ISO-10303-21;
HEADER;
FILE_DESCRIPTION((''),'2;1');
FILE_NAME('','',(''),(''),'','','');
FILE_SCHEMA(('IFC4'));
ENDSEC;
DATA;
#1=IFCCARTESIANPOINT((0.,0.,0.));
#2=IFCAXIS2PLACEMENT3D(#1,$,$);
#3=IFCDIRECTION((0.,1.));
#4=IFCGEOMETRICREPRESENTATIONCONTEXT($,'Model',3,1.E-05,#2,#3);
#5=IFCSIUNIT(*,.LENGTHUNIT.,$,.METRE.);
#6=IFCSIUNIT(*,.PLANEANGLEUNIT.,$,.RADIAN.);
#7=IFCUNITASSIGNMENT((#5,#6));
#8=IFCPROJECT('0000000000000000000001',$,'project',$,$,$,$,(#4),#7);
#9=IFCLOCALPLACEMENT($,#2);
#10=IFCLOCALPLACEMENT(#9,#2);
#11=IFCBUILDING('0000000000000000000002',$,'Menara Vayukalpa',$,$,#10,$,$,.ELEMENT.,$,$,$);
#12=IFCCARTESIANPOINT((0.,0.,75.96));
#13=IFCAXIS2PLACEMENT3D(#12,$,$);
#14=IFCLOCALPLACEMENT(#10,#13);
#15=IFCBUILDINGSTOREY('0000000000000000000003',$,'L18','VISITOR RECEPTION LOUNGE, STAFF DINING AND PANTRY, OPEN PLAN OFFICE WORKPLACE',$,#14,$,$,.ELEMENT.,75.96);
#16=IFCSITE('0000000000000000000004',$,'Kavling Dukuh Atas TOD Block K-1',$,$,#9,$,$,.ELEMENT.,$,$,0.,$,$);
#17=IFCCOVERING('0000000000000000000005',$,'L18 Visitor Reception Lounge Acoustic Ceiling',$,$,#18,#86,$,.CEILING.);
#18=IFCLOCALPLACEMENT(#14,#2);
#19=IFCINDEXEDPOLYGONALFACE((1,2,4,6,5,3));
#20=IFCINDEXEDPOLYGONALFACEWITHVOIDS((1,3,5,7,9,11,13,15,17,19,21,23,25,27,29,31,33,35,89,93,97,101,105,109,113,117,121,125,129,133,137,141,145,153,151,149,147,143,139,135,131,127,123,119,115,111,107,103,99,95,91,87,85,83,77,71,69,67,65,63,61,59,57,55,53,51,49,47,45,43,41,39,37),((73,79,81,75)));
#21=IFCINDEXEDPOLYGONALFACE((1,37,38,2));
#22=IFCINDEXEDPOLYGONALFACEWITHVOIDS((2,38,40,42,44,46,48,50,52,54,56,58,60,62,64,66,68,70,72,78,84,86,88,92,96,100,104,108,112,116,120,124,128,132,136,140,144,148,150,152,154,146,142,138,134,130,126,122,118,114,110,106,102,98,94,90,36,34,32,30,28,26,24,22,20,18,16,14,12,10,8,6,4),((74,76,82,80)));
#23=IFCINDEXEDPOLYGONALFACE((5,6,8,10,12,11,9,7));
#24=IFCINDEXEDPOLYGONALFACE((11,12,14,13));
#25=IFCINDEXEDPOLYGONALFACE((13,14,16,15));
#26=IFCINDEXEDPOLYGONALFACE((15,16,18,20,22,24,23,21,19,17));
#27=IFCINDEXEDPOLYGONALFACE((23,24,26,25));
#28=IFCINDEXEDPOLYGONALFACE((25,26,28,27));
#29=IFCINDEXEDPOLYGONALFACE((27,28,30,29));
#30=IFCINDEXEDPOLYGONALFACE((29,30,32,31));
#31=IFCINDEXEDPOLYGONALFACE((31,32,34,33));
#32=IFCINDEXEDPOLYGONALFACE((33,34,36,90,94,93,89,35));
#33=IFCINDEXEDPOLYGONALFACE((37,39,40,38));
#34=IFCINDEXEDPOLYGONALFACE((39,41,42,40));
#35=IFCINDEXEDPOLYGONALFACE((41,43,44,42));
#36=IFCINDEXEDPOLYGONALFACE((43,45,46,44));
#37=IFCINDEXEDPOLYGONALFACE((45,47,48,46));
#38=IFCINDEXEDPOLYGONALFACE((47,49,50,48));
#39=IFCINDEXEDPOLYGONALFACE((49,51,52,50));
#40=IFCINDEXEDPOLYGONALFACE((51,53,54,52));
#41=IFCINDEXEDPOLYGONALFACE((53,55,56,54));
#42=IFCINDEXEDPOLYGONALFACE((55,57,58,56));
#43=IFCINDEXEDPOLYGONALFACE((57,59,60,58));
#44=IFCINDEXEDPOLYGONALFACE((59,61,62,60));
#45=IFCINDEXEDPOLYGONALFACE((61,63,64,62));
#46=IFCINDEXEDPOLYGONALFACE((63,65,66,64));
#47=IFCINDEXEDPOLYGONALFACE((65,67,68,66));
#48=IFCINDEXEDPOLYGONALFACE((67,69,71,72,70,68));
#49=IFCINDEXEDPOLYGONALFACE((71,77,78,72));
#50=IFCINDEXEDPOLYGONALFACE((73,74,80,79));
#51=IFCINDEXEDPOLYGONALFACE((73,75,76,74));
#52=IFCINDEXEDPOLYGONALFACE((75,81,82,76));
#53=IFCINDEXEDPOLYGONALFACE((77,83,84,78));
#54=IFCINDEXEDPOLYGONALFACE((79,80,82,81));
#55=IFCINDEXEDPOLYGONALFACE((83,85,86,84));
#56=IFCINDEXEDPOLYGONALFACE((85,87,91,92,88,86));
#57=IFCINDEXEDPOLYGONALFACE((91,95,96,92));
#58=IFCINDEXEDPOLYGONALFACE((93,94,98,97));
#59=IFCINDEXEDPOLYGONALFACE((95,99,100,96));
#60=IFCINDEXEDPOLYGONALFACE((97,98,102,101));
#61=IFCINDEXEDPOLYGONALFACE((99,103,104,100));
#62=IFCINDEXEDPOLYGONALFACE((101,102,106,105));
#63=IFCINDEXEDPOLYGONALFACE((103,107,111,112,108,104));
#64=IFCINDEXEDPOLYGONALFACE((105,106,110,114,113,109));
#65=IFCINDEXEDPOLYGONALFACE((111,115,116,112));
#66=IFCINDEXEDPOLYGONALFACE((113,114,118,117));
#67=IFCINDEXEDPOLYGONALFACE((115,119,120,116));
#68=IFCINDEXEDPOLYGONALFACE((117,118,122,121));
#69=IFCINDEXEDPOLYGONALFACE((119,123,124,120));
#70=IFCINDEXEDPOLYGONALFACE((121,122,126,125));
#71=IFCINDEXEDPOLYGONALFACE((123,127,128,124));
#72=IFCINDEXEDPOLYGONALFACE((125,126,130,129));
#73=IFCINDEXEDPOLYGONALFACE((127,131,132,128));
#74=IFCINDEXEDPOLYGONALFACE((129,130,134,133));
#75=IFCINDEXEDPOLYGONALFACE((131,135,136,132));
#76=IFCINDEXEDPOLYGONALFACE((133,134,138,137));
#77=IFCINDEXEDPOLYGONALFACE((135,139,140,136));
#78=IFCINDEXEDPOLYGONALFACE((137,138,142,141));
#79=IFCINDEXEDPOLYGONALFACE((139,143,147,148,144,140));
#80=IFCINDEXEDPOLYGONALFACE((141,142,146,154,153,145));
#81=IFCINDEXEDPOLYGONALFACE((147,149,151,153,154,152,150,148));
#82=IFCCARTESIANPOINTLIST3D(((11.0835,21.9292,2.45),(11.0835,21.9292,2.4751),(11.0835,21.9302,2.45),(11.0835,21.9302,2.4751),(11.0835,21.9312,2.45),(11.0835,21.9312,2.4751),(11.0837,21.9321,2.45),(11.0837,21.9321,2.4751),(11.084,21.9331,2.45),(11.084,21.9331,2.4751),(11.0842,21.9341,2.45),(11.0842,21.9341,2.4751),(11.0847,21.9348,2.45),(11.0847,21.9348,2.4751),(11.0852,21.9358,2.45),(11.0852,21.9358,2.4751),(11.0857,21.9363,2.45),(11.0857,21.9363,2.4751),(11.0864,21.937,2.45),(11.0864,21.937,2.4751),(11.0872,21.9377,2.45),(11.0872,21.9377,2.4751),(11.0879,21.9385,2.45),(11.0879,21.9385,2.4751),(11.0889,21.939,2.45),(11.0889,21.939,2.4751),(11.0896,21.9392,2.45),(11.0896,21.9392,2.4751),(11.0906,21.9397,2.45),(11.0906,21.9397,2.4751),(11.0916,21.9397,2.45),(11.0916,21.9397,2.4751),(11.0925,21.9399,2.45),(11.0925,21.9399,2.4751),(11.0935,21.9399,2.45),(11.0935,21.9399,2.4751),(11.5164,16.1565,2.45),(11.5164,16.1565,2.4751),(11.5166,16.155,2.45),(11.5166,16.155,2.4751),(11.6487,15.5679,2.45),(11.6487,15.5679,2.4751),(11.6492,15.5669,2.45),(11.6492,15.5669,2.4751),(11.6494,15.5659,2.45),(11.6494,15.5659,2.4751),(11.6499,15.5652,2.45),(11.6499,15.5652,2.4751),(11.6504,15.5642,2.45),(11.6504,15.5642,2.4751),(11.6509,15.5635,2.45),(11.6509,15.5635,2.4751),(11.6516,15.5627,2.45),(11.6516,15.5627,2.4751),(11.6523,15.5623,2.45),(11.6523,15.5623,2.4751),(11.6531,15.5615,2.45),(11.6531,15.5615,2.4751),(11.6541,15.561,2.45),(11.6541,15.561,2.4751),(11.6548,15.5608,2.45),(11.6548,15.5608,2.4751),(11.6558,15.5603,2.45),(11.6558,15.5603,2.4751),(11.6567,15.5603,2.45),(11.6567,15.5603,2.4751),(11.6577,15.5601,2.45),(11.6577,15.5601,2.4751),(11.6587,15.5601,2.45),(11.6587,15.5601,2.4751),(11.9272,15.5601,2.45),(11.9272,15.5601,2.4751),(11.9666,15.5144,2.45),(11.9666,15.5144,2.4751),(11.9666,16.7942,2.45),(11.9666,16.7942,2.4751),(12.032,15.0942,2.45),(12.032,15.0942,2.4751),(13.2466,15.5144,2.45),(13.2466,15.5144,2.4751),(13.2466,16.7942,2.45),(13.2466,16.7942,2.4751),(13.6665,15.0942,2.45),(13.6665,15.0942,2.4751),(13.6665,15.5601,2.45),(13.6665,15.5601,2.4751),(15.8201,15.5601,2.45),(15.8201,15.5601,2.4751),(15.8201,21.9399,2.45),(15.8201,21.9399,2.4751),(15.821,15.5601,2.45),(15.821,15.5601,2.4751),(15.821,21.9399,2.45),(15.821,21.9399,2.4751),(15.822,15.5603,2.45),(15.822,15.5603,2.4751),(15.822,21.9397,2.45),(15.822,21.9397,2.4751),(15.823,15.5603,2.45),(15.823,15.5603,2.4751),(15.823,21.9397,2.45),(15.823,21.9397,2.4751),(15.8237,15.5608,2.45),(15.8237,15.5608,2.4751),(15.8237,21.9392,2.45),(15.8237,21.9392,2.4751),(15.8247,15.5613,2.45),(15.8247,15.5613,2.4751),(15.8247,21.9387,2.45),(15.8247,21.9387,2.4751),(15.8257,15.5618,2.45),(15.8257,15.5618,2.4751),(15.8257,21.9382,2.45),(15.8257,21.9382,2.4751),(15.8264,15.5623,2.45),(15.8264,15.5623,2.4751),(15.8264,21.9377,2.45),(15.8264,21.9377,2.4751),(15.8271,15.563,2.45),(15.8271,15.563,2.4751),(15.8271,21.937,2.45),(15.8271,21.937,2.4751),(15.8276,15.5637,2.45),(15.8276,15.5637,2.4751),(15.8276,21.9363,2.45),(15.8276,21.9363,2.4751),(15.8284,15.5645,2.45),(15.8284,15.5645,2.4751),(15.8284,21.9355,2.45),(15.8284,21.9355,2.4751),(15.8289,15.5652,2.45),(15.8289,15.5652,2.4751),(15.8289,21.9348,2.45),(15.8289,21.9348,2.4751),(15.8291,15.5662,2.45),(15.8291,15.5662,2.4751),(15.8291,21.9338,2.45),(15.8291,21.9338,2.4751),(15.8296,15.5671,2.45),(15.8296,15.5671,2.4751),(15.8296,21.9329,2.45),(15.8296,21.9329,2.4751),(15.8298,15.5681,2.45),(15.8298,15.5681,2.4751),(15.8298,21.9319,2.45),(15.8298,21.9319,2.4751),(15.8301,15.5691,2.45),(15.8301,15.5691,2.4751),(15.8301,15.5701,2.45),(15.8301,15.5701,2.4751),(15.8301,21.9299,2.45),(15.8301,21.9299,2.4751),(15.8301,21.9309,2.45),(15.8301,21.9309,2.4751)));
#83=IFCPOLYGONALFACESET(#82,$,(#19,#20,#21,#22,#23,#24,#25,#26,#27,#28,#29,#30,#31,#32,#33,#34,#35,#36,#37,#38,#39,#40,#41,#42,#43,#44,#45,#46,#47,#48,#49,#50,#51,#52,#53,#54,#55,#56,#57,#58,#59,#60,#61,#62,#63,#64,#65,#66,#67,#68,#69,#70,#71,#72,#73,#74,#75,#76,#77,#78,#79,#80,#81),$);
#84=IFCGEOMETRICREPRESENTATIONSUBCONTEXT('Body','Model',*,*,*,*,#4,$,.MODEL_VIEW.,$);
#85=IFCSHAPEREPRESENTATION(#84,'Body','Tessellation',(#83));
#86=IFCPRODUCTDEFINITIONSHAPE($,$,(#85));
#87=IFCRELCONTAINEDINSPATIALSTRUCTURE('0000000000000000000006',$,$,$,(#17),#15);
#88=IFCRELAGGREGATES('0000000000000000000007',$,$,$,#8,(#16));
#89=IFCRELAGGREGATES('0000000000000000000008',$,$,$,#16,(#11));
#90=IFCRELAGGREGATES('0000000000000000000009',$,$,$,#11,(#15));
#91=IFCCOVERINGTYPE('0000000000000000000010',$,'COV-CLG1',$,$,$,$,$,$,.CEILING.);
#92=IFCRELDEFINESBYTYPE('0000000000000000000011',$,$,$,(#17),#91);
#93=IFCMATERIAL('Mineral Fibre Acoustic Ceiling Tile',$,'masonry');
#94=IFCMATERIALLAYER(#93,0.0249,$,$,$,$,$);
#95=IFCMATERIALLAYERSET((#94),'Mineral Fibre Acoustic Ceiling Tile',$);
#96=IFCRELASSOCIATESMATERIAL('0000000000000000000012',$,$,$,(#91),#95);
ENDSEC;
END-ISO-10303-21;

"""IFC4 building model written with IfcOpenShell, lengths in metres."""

from ifc_helpers import new_model, si_unit, direction, frame, origin, place, context, subcontext, project, spatial, polyline, outline, extrude, material, layer, layer_set, type_object, element, save


model = new_model("IFC4")

# Units and contexts
model_context = context("Model", 3, precision=1e-05, world=origin(), true_north=direction((0.0, 1.0)))
body_context = subcontext(model_context, "Body", "Model", "MODEL_VIEW")
ifc_project = project(units=[si_unit("LENGTHUNIT", "METRE"), si_unit("PLANEANGLEUNIT", "RADIAN")], contexts=[model_context])

# Site, building, storey
site_placement = place(None, origin())
site = spatial("IfcSite", under=ifc_project, at=site_placement, Name="Kavling Dukuh Atas TOD Block K-1", CompositionType="ELEMENT", RefElevation=0.0)
building_placement = place(site_placement, origin())
building = spatial("IfcBuilding", under=site, at=building_placement, Name="Menara Vayukalpa", CompositionType="ELEMENT")
storey_placement = place(building_placement, frame((0.0, 0.0, 75.96)))
storey = spatial("IfcBuildingStorey", under=building, at=storey_placement, Name="L18", Description="VISITOR RECEPTION LOUNGE, STAFF DINING AND PANTRY, OPEN PLAN OFFICE WORKPLACE", CompositionType="ELEMENT", Elevation=75.96)

# Covering
ifc_material_1 = material(Name="Mineral Fibre Acoustic Ceiling Tile", Category="masonry")
ifc_layer_1 = layer(ifc_material_1, 0.0249)
ifc_layer_set_1 = layer_set([ifc_layer_1], Name="Mineral Fibre Acoustic Ceiling Tile")
covering_type_1 = type_object("IfcCoveringType", Name="COV-CLG1", PredefinedType="CEILING", material=ifc_layer_set_1)
covering_1_placement = place(storey_placement, frame((0.0, 0.0, 2.45)))
element("IfcCovering", 1, at=covering_1_placement, inside=storey, type_object=covering_type_1, Name="L18 Visitor Reception Lounge Acoustic Ceiling", PredefinedType="CEILING", context=body_context, shape_type="SweptSolid", body=[
    extrude(outline(polyline([(11.6587, 15.5601), (11.6577, 15.5601), (11.6567, 15.5603), (11.6558, 15.5603), (11.6548, 15.5608), (11.6541, 15.561), (11.6531, 15.5615), (11.6523, 15.5623), (11.6516, 15.5627), (11.6509, 15.5635), (11.6504, 15.5642), (11.6499, 15.5652), (11.6494, 15.5659), (11.6492, 15.5669), (11.6487, 15.5679), (11.5166, 16.155), (11.5164, 16.1565), (11.0835, 21.9292), (11.0835, 21.9302), (11.0835, 21.9312), (11.0837, 21.9321), (11.084, 21.9331), (11.0842, 21.9341), (11.0847, 21.9348), (11.0852, 21.9358), (11.0857, 21.9363), (11.0864, 21.937), (11.0872, 21.9377), (11.0879, 21.9385), (11.0889, 21.939), (11.0896, 21.9392), (11.0906, 21.9397), (11.0916, 21.9397), (11.0925, 21.9399), (11.0935, 21.9399), (15.8201, 21.9399), (15.821, 21.9399), (15.822, 21.9397), (15.823, 21.9397), (15.8237, 21.9392), (15.8247, 21.9387), (15.8257, 21.9382), (15.8264, 21.9377), (15.8271, 21.937), (15.8276, 21.9363), (15.8284, 21.9355), (15.8289, 21.9348), (15.8291, 21.9338), (15.8296, 21.9329), (15.8298, 21.9319), (15.8301, 21.9309), (15.8301, 21.9299), (15.8301, 15.5701), (15.8301, 15.5691), (15.8298, 15.5681), (15.8296, 15.5671), (15.8291, 15.5662), (15.8289, 15.5652), (15.8284, 15.5645), (15.8276, 15.5637), (15.8271, 15.563), (15.8264, 15.5623), (15.8257, 15.5618), (15.8247, 15.5613), (15.8237, 15.5608), (15.823, 15.5603), (15.822, 15.5603), (15.821, 15.5601), (15.8201, 15.5601), (13.6665, 15.5601), (13.6665, 15.0942), (12.032, 15.0942), (11.9272, 15.5601), (11.6587, 15.5601)]), holes=[polyline([(13.2466, 16.7942), (11.9666, 16.7942), (11.9666, 15.5144), (13.2466, 15.5144), (13.2466, 16.7942)])]), origin(), (0.0, 0.0, 1.0), 0.0251),
])

save(model, "model.ifc")
